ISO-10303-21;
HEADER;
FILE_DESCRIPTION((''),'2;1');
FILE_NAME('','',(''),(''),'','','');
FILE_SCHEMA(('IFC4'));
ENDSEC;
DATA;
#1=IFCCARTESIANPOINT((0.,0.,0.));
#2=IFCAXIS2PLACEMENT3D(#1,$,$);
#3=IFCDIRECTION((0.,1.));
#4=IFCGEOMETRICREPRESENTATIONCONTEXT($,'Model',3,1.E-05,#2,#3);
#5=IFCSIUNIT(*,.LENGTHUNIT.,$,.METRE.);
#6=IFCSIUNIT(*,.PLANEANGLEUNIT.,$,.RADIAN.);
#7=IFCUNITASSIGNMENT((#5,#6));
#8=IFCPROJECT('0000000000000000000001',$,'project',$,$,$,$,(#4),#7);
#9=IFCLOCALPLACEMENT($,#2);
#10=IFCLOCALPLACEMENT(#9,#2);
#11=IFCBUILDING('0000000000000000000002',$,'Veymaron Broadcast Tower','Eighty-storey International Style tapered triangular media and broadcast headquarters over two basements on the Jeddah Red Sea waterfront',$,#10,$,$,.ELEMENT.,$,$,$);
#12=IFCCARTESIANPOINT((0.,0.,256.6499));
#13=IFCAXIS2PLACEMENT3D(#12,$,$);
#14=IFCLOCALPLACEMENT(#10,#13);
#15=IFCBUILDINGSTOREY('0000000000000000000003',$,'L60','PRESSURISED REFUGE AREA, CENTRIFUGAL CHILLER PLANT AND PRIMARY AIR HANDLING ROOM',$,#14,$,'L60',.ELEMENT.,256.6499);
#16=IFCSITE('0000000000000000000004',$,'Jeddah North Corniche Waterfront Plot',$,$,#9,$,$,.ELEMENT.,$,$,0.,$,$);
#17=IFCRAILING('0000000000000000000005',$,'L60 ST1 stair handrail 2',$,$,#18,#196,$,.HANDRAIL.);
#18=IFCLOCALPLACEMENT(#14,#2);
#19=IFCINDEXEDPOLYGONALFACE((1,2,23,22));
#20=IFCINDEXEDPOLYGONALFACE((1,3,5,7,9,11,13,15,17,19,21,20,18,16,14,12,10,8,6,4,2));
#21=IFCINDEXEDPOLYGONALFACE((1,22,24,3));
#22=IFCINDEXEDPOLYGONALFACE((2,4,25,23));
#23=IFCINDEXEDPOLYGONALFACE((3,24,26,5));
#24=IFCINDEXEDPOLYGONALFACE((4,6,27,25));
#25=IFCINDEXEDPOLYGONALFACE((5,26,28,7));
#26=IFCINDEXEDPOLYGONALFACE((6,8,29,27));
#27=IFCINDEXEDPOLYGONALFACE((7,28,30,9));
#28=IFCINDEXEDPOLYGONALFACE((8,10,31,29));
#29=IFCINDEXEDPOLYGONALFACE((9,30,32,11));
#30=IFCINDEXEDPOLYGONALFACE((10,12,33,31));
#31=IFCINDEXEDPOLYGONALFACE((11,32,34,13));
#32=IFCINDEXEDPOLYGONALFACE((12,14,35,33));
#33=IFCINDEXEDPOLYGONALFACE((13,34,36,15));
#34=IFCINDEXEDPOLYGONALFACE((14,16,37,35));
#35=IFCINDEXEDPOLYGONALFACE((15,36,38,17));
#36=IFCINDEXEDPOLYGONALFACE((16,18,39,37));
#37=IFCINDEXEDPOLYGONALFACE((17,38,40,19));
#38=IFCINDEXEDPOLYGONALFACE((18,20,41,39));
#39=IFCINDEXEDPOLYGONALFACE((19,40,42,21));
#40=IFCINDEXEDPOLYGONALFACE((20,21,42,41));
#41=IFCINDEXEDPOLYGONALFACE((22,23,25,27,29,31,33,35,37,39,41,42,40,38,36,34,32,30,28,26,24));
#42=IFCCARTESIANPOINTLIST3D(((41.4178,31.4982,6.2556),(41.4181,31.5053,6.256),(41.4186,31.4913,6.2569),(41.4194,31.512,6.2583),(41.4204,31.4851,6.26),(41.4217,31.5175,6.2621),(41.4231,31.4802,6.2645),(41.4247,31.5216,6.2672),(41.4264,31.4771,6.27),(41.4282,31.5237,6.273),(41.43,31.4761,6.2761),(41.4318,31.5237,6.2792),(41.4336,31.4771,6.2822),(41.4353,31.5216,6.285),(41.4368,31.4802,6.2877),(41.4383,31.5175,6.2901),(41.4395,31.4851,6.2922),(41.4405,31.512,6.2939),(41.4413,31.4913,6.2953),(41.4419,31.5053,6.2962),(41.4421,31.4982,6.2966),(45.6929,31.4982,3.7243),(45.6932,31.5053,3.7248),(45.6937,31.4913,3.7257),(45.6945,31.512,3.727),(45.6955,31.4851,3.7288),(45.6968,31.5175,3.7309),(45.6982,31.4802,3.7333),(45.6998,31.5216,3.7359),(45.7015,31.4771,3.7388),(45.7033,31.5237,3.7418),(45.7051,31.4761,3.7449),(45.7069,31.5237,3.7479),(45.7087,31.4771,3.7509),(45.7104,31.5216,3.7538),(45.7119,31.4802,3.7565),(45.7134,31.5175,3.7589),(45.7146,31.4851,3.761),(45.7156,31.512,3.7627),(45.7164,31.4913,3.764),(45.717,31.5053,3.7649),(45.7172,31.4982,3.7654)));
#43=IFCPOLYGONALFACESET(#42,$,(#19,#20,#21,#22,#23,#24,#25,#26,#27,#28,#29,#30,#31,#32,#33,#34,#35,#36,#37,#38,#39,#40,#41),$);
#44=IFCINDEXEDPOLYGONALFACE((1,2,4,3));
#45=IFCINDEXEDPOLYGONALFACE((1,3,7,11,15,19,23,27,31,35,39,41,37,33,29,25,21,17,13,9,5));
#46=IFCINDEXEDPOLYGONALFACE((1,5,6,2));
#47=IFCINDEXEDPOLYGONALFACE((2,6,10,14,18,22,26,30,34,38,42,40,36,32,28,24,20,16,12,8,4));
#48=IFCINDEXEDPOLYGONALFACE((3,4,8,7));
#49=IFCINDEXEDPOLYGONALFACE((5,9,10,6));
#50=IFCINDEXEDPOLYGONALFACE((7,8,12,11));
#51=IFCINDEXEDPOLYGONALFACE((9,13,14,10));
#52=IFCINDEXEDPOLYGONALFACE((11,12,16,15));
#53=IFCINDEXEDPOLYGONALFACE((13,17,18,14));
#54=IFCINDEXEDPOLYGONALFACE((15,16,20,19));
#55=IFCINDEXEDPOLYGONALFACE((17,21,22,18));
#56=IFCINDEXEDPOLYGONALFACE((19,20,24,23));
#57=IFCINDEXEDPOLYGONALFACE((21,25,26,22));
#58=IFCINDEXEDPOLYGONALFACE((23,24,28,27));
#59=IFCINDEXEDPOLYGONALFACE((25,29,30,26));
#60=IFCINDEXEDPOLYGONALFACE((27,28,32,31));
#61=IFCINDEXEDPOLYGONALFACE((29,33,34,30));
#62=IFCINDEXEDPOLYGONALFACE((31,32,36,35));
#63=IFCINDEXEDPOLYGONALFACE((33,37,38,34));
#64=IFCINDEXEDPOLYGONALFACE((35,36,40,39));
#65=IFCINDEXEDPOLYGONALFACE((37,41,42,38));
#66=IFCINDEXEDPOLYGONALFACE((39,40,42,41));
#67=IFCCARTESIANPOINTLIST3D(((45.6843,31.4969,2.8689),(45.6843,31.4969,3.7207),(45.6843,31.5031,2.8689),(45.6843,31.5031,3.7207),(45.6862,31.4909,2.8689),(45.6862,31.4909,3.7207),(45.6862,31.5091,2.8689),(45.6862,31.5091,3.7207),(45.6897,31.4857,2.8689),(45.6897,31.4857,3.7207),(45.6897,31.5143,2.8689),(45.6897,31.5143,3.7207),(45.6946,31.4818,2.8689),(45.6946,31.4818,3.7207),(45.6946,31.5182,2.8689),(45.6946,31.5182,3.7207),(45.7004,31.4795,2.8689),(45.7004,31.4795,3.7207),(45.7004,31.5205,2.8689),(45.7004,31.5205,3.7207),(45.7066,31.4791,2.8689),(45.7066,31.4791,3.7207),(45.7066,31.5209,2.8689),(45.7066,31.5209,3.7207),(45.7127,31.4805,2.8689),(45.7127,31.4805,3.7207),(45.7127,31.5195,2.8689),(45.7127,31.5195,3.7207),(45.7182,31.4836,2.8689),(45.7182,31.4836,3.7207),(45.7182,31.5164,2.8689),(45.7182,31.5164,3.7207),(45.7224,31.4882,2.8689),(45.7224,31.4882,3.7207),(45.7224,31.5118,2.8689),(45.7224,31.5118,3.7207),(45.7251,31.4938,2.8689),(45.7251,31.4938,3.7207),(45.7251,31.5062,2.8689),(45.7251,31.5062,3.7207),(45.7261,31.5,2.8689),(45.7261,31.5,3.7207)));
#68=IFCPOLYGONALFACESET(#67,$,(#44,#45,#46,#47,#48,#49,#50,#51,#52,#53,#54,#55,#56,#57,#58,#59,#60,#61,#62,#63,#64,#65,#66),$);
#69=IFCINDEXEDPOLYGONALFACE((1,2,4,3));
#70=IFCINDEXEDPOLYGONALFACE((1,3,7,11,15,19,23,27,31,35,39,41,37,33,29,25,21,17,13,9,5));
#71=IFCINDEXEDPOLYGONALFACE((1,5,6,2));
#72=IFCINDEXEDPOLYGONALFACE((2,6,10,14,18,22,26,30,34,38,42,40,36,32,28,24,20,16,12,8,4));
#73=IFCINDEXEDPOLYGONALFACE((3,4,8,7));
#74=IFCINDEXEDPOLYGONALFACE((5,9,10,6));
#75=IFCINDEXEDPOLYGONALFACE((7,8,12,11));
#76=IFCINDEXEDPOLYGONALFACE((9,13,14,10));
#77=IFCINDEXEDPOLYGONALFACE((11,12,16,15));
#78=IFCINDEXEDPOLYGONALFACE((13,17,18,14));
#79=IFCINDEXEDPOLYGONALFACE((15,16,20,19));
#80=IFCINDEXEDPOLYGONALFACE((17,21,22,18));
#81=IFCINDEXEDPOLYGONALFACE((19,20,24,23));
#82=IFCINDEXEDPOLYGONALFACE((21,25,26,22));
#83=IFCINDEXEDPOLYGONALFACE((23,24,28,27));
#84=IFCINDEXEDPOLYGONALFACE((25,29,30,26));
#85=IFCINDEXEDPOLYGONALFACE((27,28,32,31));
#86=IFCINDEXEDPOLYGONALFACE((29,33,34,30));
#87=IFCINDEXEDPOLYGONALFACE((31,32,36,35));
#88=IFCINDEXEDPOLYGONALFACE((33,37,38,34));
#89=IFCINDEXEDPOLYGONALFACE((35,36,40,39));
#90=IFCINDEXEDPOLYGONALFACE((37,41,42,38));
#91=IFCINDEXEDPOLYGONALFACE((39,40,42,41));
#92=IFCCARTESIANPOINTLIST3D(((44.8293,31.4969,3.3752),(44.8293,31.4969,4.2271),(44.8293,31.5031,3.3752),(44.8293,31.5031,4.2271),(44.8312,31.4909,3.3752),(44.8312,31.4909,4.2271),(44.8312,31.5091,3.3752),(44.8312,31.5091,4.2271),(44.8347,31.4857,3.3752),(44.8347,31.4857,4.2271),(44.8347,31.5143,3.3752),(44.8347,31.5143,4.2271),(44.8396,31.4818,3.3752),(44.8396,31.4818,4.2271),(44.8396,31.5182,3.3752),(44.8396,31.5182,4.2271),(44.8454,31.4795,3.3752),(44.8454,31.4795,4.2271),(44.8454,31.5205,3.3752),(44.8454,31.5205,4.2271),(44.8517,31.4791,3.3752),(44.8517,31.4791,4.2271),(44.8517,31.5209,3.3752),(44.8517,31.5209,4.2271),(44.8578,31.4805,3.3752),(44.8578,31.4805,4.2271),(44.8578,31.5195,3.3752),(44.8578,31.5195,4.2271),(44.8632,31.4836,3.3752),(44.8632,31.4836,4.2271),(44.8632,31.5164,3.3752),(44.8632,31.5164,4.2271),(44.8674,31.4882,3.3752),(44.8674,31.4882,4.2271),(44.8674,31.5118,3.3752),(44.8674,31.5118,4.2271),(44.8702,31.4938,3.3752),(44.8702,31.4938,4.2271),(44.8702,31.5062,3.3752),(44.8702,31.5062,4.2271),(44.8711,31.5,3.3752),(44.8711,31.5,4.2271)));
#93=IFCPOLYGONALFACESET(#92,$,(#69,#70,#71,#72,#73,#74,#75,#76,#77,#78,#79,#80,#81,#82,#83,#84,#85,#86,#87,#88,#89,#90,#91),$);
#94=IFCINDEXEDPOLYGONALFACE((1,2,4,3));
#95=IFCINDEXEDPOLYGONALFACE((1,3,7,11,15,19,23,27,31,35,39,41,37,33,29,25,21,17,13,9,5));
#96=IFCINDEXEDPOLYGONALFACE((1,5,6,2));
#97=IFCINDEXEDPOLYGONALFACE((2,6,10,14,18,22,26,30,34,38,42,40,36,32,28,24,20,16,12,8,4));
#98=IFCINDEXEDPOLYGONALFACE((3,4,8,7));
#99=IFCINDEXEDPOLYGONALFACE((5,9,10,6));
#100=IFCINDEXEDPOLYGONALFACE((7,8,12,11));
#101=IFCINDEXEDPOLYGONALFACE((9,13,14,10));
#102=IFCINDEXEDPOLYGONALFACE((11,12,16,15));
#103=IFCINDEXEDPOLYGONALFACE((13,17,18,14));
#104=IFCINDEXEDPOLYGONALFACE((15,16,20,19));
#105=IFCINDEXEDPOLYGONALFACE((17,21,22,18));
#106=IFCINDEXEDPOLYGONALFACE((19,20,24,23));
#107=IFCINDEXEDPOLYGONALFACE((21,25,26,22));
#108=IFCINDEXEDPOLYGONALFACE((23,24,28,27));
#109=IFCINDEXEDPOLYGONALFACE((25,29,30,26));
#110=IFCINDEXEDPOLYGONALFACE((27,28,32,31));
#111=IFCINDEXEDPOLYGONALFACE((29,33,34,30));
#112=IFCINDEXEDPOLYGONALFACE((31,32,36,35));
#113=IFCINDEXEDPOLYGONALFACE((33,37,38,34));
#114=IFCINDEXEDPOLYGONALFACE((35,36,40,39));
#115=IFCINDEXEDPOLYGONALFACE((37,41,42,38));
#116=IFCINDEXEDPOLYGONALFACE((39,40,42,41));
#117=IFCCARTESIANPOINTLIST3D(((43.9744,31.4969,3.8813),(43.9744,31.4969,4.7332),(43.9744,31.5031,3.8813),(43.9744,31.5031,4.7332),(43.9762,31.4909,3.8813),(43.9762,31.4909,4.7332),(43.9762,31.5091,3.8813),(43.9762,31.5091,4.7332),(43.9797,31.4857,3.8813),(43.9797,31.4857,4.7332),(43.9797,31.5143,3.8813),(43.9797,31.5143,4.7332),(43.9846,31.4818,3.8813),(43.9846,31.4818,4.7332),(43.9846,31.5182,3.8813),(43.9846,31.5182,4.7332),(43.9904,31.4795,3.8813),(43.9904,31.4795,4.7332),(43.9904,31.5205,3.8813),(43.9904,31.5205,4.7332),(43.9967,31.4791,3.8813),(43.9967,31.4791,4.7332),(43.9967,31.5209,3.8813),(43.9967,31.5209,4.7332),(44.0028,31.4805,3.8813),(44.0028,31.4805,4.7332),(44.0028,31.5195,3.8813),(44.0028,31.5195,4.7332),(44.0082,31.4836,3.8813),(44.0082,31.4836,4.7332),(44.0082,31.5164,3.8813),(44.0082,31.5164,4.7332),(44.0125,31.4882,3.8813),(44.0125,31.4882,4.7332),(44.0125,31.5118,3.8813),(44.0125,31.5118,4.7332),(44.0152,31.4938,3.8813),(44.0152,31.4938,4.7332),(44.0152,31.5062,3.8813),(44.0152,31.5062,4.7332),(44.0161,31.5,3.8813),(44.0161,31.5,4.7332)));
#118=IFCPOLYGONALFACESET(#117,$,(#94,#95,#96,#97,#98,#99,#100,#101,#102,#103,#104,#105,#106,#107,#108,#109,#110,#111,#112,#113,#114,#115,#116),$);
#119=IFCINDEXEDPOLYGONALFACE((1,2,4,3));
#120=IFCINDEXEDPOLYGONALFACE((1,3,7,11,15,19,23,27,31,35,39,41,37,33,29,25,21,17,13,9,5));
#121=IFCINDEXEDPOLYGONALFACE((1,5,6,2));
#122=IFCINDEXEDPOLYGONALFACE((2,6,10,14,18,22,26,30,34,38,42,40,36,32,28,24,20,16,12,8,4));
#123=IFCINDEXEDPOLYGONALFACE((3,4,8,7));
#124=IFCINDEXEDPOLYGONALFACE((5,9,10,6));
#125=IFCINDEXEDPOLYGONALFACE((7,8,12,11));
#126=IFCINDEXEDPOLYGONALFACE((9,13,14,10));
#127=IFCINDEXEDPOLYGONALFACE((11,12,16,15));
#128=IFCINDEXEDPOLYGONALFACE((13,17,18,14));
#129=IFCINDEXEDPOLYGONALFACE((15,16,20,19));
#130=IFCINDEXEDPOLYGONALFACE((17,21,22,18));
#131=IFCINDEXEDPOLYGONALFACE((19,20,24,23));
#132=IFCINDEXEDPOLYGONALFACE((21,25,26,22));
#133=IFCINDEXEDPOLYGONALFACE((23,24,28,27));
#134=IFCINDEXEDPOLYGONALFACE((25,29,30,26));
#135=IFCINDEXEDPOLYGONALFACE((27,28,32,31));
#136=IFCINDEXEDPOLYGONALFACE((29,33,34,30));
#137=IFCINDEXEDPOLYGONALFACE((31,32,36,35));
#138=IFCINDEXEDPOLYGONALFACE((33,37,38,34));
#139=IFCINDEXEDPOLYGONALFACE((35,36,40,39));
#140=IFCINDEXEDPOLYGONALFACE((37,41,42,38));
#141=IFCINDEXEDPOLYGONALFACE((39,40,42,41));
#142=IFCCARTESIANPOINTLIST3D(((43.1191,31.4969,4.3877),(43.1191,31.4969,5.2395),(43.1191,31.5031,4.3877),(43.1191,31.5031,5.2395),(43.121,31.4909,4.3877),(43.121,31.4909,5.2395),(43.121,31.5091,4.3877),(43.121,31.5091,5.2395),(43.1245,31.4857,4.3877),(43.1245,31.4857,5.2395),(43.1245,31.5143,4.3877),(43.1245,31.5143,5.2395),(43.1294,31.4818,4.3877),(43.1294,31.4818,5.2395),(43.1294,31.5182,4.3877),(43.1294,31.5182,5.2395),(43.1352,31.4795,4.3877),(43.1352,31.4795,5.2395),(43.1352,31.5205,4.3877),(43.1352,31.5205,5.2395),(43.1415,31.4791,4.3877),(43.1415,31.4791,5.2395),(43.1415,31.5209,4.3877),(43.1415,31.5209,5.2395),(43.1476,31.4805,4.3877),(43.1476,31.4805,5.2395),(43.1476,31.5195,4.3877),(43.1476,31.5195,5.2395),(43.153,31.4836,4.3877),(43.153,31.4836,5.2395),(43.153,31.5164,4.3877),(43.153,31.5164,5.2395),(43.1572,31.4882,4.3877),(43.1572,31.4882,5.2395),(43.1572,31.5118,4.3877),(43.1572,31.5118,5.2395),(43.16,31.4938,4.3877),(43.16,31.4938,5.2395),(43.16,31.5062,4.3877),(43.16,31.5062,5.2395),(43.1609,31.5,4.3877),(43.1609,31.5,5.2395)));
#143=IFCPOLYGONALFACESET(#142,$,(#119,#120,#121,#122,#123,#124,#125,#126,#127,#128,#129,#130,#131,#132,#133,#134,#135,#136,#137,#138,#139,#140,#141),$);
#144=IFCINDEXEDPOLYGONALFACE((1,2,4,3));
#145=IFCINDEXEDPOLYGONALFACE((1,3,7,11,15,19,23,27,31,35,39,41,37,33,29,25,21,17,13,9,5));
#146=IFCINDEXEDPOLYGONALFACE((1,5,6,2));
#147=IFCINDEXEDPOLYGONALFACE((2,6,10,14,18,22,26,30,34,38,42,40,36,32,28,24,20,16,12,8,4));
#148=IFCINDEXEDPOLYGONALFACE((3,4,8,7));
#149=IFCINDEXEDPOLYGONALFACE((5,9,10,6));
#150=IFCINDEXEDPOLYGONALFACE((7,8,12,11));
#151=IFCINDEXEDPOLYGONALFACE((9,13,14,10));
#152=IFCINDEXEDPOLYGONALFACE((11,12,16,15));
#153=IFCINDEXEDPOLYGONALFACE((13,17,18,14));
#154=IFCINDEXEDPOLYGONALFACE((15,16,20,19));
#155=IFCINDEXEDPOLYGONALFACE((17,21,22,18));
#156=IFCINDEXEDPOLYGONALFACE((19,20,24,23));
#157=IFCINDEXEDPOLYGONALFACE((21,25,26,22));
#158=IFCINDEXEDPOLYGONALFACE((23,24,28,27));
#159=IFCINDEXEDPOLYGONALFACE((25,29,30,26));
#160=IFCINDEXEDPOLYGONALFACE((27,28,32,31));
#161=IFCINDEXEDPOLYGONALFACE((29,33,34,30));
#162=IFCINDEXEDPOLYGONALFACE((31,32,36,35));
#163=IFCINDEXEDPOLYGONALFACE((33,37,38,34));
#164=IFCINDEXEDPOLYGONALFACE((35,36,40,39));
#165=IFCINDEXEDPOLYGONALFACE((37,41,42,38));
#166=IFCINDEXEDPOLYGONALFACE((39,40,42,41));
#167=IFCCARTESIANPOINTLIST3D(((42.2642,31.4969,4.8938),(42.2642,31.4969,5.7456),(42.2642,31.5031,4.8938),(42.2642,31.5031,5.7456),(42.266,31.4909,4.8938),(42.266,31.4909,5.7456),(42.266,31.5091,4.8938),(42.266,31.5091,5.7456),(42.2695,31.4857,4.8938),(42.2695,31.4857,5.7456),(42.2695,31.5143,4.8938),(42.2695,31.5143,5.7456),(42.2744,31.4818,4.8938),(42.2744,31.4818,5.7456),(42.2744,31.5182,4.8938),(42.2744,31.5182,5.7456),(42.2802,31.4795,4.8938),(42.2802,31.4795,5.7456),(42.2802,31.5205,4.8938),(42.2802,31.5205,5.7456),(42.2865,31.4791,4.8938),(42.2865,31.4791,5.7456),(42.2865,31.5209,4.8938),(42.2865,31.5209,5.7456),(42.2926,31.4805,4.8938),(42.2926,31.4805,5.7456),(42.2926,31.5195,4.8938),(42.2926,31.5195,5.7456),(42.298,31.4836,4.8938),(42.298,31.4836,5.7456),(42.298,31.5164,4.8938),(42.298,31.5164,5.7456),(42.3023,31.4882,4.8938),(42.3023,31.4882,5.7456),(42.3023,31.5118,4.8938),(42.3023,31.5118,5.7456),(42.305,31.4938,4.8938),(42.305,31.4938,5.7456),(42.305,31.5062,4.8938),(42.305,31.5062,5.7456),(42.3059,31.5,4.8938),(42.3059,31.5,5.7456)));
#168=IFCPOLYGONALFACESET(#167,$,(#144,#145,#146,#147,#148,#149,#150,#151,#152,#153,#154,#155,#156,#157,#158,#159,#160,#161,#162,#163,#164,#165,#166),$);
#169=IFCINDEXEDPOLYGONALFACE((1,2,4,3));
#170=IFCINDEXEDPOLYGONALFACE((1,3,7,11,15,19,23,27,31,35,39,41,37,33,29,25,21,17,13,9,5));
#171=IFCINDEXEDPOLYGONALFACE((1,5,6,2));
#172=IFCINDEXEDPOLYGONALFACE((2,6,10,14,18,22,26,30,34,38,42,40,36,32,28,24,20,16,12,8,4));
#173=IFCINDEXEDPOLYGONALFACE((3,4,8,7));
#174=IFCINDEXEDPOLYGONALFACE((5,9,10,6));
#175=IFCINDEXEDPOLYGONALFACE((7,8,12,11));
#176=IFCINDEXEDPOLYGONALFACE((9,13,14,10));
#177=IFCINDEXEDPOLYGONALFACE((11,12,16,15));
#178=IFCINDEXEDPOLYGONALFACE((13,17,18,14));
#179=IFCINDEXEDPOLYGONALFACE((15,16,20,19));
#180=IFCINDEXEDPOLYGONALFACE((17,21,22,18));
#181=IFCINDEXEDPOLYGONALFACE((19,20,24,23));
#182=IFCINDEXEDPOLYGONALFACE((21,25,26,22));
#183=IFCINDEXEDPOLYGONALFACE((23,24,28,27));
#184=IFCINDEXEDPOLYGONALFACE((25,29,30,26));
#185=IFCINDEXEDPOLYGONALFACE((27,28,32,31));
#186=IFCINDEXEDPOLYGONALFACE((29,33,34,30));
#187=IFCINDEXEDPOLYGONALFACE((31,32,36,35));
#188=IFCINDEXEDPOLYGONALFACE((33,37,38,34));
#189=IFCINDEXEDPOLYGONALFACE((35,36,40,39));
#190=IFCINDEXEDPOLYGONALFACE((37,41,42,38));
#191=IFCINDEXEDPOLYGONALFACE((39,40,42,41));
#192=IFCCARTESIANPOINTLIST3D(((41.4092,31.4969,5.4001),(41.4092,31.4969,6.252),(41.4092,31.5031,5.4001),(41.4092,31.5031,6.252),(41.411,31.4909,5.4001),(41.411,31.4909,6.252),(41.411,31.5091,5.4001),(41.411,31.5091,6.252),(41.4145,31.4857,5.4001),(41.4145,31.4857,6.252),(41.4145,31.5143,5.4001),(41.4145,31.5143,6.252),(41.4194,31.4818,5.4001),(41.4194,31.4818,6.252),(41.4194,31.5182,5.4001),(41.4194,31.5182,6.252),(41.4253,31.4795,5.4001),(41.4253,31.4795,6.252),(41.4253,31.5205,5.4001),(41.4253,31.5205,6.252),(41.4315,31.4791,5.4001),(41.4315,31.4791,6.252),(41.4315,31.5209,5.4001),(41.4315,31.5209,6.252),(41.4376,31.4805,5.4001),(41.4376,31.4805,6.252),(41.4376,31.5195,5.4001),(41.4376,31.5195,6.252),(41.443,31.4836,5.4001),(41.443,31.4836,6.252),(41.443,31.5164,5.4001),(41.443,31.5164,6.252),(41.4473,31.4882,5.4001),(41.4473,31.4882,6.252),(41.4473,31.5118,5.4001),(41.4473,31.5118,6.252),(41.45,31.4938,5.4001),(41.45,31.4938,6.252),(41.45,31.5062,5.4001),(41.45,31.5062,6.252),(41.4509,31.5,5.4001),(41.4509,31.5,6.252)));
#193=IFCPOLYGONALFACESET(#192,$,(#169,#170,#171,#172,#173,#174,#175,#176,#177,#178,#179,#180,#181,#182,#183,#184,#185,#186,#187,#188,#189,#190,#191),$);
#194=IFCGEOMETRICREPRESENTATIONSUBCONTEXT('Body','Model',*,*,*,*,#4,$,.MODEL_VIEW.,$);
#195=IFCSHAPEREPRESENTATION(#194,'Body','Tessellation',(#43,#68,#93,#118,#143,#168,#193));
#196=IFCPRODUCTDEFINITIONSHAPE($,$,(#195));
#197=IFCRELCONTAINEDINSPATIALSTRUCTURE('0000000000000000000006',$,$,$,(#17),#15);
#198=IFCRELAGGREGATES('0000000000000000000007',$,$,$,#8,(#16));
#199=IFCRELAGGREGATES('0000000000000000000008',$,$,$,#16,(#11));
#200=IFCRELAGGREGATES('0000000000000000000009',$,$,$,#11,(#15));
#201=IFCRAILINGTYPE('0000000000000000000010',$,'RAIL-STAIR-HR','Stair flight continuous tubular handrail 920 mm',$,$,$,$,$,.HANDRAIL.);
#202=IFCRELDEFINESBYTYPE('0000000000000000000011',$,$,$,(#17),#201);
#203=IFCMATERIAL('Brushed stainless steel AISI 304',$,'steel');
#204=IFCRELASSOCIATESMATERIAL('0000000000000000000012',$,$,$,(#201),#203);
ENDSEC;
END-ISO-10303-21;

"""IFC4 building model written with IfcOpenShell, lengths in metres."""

from ifc_helpers import new_model, si_unit, direction, frame, origin, origin_2d, place, context, subcontext, project, spatial, circle, extrude, material, type_object, element, save


model = new_model("IFC4")

# Units and contexts
model_context = context("Model", 3, precision=1e-05, world=origin(), true_north=direction((0.0, 1.0)))
body_context = subcontext(model_context, "Body", "Model", "MODEL_VIEW")
ifc_project = project(units=[si_unit("LENGTHUNIT", "METRE"), si_unit("PLANEANGLEUNIT", "RADIAN")], contexts=[model_context])

# Site, building, storey
site_placement = place(None, origin())
site = spatial("IfcSite", under=ifc_project, at=site_placement, Name="Jeddah North Corniche Waterfront Plot", CompositionType="ELEMENT", RefElevation=0.0)
building_placement = place(site_placement, origin())
building = spatial("IfcBuilding", under=site, at=building_placement, Name="Veymaron Broadcast Tower", Description="Eighty-storey International Style tapered triangular media and broadcast headquarters over two basements on the Jeddah Red Sea waterfront", CompositionType="ELEMENT")
storey_placement = place(building_placement, frame((0.0, 0.0, 256.6499)))
storey = spatial("IfcBuildingStorey", under=building, at=storey_placement, Name="L60", Description="PRESSURISED REFUGE AREA, CENTRIFUGAL CHILLER PLANT AND PRIMARY AIR HANDLING ROOM", LongName="L60", CompositionType="ELEMENT", Elevation=256.6499)

# Shared definitions
ifc_material_1 = material(Name="Brushed stainless steel AISI 304", Category="steel")

# Railing
railing_type_1 = type_object("IfcRailingType", Name="RAIL-STAIR-HR", Description="Stair flight continuous tubular handrail 920 mm", PredefinedType="HANDRAIL", material=ifc_material_1)
railing_1_placement = place(storey_placement, frame((45.7051, 31.5, 2.8689)))
element("IfcRailing", 1, at=railing_1_placement, inside=storey, type_object=railing_type_1, Name="L60 ST1 stair handrail 2", PredefinedType="HANDRAIL", context=body_context, shape_type="SweptSolid", body=[
    extrude(circle(Radius=0.0239, at=origin_2d()), frame((0.0, 0.0, 0.876), z_axis=(-0.860483, 0.0, 0.509479), x_axis=(0.0, -1.0, 0.0)), (0.0, 0.0, 1.0), 4.9683),
    extrude(circle(Radius=0.021, at=origin_2d()), origin(), (0.0, 0.0, 1.0), 0.8518),
    extrude(circle(Radius=0.021, at=origin_2d()), frame((-0.855, 0.0, 0.5063)), (0.0, 0.0, 1.0), 0.8518),
    extrude(circle(Radius=0.021, at=origin_2d()), frame((-1.71, 0.0, 1.0125)), (0.0, 0.0, 1.0), 0.8518),
    extrude(circle(Radius=0.021, at=origin_2d()), frame((-2.5652, 0.0, 1.5188)), (0.0, 0.0, 1.0), 0.8518),
    extrude(circle(Radius=0.021, at=origin_2d()), frame((-3.4202, 0.0, 2.0249)), (0.0, 0.0, 1.0), 0.8518),
    extrude(circle(Radius=0.021, at=origin_2d()), frame((-4.2751, 0.0, 2.5312)), (0.0, 0.0, 1.0), 0.8518),
])

save(model, "model.ifc")
